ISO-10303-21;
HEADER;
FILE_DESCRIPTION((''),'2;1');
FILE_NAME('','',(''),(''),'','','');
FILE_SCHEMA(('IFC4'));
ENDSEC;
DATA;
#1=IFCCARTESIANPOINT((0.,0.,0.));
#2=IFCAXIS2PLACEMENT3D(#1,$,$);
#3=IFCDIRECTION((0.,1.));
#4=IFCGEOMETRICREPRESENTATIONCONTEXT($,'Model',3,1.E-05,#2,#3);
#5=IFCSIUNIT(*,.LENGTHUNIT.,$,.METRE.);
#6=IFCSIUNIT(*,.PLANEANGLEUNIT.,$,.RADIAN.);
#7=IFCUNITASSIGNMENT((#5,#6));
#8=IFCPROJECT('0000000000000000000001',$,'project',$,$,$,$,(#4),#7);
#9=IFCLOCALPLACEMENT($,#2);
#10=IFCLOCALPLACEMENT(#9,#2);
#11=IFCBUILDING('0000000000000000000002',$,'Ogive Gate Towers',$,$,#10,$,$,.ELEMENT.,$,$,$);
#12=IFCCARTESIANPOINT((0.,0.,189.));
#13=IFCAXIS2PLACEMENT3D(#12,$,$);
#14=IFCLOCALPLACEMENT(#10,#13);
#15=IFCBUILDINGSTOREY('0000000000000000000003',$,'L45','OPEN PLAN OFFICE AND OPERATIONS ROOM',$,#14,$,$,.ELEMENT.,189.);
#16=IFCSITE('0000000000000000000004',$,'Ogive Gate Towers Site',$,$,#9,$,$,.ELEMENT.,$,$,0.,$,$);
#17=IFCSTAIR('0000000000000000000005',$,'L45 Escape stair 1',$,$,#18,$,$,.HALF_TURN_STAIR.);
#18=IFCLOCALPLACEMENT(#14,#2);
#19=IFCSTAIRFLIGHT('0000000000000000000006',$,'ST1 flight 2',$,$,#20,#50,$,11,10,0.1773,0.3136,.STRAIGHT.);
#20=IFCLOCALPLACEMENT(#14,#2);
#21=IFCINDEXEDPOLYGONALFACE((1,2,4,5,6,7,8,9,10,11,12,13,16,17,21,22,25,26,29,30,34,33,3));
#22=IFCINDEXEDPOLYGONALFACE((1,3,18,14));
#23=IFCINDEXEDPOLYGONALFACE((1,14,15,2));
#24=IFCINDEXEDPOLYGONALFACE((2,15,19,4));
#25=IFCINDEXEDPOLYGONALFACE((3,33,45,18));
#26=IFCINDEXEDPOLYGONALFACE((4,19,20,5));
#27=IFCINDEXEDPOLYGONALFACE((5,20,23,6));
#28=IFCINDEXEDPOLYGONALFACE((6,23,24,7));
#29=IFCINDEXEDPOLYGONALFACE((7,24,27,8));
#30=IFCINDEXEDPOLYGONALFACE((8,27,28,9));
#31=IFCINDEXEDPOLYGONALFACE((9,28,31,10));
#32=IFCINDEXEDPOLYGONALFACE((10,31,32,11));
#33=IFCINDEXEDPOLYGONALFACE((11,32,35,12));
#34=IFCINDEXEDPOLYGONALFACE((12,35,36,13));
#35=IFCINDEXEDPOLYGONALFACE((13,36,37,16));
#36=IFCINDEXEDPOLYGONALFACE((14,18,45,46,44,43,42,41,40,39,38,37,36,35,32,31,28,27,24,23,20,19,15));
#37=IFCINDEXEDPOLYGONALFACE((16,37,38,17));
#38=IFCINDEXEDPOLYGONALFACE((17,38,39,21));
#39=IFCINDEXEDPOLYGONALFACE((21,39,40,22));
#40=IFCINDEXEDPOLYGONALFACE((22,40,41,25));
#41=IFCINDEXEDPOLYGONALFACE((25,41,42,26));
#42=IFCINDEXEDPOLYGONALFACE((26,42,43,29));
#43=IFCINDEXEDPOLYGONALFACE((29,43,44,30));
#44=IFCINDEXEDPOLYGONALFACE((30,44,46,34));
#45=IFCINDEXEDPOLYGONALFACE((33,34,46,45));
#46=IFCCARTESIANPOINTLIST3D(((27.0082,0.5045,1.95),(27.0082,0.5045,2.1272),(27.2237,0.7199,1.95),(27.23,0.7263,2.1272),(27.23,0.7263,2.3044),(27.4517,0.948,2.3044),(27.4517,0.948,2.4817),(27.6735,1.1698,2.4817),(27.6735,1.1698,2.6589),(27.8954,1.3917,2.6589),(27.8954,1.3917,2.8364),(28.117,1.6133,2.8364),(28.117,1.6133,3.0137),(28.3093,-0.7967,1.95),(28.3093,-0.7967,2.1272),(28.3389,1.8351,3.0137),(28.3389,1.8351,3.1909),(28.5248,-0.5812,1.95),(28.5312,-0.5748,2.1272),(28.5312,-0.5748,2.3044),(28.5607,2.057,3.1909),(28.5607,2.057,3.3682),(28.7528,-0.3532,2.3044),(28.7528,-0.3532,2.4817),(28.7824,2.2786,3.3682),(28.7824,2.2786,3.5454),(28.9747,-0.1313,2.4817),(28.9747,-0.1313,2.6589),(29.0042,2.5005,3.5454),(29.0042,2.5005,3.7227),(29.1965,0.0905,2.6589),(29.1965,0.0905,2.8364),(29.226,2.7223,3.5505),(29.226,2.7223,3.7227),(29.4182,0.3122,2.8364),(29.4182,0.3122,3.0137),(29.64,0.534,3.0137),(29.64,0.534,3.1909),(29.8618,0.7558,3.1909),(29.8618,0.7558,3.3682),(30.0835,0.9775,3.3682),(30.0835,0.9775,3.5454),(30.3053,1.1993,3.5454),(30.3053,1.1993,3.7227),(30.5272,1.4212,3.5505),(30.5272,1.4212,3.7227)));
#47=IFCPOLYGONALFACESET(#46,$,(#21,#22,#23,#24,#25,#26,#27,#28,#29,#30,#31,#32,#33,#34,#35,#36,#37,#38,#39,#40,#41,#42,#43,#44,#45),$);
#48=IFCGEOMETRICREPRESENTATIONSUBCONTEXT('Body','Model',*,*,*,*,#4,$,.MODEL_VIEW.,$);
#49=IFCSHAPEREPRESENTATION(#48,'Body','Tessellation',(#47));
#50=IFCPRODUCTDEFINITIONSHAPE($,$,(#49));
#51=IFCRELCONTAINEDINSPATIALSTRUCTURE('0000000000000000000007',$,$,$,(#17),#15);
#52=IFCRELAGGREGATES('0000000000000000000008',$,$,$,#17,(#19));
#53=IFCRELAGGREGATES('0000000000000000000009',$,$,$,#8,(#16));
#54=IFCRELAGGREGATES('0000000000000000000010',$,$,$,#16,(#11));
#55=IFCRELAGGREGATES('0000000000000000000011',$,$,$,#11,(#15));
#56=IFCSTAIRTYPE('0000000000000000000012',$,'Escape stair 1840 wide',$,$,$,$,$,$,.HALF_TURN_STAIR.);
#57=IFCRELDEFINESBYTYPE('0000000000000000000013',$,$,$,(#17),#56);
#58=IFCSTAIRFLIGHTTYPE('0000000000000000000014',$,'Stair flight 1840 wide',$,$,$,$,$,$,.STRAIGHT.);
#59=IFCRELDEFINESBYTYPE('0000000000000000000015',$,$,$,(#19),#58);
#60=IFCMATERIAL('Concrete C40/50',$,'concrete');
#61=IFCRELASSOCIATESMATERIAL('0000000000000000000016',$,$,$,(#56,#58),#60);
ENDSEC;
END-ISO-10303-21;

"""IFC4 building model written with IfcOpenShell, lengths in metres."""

from ifc_helpers import new_model, si_unit, direction, frame, origin, place, context, subcontext, project, spatial, polyline, outline, extrude, material, type_object, element, aggregate, save


model = new_model("IFC4")

# Units and contexts
model_context = context("Model", 3, precision=1e-05, world=origin(), true_north=direction((0.0, 1.0)))
body_context = subcontext(model_context, "Body", "Model", "MODEL_VIEW")
ifc_project = project(units=[si_unit("LENGTHUNIT", "METRE"), si_unit("PLANEANGLEUNIT", "RADIAN")], contexts=[model_context])

# Site, building, storey
site_placement = place(None, origin())
site = spatial("IfcSite", under=ifc_project, at=site_placement, Name="Ogive Gate Towers Site", CompositionType="ELEMENT", RefElevation=0.0)
building_placement = place(site_placement, origin())
building = spatial("IfcBuilding", under=site, at=building_placement, Name="Ogive Gate Towers", CompositionType="ELEMENT")
storey_placement = place(building_placement, frame((0.0, 0.0, 189.0)))
storey = spatial("IfcBuildingStorey", under=building, at=storey_placement, Name="L45", Description="OPEN PLAN OFFICE AND OPERATIONS ROOM", CompositionType="ELEMENT", Elevation=189.0)

# Stair, stair flight
ifc_material_1 = material(Name="Concrete C40/50", Category="concrete")
stair_type = type_object("IfcStairType", Name="Escape stair 1840 wide", PredefinedType="HALF_TURN_STAIR", material=ifc_material_1)
stair_placement = place(storey_placement, origin())
stair = element("IfcStair", 1, at=stair_placement, inside=storey, type_object=stair_type, Name="L45 Escape stair 1", PredefinedType="HALF_TURN_STAIR")
stair_flight_type = type_object("IfcStairFlightType", Name="Stair flight 1840 wide", PredefinedType="STRAIGHT", material=ifc_material_1)
stair_flight_placement = place(storey_placement, frame((27.6587, -0.146, 1.95), z_axis=(0.0, 0.0, 1.0), x_axis=(0.707107, 0.707107, 0.0)))
stair_flight = element("IfcStairFlight", 2, at=stair_flight_placement, type_object=stair_flight_type, Name="ST1 flight 2", NumberOfRisers=11, NumberOfTreads=10, PredefinedType="STRAIGHT", RiserHeight=0.1773, TreadLength=0.3136, context=body_context, shape_type="SweptSolid", body=[
    extrude(outline(polyline([(0.0, 0.0), (0.0, 0.1772), (0.3137, 0.1772), (0.3137, 0.3545), (0.6272, 0.3545), (0.6272, 0.5317), (0.9409, 0.5317), (0.9409, 0.709), (1.2546, 0.709), (1.2546, 0.8865), (1.5681, 0.8865), (1.5681, 1.0637), (1.8818, 1.0637), (1.8818, 1.241), (2.1956, 1.241), (2.1956, 1.4182), (2.509, 1.4182), (2.509, 1.5955), (2.8228, 1.5955), (2.8228, 1.7727), (3.1365, 1.7727), (3.1365, 1.95), (3.1365, 1.6006), (0.3047, 0.0), (0.0, 0.0)])), frame((0.0, 0.9199, 0.0), z_axis=(0.0, -1.0, 0.0), x_axis=(1.0, 0.0, 0.0)), (0.0, 0.0, 1.0), 1.8401),
])
aggregate(stair, [stair_flight])

save(model, "model.ifc")
